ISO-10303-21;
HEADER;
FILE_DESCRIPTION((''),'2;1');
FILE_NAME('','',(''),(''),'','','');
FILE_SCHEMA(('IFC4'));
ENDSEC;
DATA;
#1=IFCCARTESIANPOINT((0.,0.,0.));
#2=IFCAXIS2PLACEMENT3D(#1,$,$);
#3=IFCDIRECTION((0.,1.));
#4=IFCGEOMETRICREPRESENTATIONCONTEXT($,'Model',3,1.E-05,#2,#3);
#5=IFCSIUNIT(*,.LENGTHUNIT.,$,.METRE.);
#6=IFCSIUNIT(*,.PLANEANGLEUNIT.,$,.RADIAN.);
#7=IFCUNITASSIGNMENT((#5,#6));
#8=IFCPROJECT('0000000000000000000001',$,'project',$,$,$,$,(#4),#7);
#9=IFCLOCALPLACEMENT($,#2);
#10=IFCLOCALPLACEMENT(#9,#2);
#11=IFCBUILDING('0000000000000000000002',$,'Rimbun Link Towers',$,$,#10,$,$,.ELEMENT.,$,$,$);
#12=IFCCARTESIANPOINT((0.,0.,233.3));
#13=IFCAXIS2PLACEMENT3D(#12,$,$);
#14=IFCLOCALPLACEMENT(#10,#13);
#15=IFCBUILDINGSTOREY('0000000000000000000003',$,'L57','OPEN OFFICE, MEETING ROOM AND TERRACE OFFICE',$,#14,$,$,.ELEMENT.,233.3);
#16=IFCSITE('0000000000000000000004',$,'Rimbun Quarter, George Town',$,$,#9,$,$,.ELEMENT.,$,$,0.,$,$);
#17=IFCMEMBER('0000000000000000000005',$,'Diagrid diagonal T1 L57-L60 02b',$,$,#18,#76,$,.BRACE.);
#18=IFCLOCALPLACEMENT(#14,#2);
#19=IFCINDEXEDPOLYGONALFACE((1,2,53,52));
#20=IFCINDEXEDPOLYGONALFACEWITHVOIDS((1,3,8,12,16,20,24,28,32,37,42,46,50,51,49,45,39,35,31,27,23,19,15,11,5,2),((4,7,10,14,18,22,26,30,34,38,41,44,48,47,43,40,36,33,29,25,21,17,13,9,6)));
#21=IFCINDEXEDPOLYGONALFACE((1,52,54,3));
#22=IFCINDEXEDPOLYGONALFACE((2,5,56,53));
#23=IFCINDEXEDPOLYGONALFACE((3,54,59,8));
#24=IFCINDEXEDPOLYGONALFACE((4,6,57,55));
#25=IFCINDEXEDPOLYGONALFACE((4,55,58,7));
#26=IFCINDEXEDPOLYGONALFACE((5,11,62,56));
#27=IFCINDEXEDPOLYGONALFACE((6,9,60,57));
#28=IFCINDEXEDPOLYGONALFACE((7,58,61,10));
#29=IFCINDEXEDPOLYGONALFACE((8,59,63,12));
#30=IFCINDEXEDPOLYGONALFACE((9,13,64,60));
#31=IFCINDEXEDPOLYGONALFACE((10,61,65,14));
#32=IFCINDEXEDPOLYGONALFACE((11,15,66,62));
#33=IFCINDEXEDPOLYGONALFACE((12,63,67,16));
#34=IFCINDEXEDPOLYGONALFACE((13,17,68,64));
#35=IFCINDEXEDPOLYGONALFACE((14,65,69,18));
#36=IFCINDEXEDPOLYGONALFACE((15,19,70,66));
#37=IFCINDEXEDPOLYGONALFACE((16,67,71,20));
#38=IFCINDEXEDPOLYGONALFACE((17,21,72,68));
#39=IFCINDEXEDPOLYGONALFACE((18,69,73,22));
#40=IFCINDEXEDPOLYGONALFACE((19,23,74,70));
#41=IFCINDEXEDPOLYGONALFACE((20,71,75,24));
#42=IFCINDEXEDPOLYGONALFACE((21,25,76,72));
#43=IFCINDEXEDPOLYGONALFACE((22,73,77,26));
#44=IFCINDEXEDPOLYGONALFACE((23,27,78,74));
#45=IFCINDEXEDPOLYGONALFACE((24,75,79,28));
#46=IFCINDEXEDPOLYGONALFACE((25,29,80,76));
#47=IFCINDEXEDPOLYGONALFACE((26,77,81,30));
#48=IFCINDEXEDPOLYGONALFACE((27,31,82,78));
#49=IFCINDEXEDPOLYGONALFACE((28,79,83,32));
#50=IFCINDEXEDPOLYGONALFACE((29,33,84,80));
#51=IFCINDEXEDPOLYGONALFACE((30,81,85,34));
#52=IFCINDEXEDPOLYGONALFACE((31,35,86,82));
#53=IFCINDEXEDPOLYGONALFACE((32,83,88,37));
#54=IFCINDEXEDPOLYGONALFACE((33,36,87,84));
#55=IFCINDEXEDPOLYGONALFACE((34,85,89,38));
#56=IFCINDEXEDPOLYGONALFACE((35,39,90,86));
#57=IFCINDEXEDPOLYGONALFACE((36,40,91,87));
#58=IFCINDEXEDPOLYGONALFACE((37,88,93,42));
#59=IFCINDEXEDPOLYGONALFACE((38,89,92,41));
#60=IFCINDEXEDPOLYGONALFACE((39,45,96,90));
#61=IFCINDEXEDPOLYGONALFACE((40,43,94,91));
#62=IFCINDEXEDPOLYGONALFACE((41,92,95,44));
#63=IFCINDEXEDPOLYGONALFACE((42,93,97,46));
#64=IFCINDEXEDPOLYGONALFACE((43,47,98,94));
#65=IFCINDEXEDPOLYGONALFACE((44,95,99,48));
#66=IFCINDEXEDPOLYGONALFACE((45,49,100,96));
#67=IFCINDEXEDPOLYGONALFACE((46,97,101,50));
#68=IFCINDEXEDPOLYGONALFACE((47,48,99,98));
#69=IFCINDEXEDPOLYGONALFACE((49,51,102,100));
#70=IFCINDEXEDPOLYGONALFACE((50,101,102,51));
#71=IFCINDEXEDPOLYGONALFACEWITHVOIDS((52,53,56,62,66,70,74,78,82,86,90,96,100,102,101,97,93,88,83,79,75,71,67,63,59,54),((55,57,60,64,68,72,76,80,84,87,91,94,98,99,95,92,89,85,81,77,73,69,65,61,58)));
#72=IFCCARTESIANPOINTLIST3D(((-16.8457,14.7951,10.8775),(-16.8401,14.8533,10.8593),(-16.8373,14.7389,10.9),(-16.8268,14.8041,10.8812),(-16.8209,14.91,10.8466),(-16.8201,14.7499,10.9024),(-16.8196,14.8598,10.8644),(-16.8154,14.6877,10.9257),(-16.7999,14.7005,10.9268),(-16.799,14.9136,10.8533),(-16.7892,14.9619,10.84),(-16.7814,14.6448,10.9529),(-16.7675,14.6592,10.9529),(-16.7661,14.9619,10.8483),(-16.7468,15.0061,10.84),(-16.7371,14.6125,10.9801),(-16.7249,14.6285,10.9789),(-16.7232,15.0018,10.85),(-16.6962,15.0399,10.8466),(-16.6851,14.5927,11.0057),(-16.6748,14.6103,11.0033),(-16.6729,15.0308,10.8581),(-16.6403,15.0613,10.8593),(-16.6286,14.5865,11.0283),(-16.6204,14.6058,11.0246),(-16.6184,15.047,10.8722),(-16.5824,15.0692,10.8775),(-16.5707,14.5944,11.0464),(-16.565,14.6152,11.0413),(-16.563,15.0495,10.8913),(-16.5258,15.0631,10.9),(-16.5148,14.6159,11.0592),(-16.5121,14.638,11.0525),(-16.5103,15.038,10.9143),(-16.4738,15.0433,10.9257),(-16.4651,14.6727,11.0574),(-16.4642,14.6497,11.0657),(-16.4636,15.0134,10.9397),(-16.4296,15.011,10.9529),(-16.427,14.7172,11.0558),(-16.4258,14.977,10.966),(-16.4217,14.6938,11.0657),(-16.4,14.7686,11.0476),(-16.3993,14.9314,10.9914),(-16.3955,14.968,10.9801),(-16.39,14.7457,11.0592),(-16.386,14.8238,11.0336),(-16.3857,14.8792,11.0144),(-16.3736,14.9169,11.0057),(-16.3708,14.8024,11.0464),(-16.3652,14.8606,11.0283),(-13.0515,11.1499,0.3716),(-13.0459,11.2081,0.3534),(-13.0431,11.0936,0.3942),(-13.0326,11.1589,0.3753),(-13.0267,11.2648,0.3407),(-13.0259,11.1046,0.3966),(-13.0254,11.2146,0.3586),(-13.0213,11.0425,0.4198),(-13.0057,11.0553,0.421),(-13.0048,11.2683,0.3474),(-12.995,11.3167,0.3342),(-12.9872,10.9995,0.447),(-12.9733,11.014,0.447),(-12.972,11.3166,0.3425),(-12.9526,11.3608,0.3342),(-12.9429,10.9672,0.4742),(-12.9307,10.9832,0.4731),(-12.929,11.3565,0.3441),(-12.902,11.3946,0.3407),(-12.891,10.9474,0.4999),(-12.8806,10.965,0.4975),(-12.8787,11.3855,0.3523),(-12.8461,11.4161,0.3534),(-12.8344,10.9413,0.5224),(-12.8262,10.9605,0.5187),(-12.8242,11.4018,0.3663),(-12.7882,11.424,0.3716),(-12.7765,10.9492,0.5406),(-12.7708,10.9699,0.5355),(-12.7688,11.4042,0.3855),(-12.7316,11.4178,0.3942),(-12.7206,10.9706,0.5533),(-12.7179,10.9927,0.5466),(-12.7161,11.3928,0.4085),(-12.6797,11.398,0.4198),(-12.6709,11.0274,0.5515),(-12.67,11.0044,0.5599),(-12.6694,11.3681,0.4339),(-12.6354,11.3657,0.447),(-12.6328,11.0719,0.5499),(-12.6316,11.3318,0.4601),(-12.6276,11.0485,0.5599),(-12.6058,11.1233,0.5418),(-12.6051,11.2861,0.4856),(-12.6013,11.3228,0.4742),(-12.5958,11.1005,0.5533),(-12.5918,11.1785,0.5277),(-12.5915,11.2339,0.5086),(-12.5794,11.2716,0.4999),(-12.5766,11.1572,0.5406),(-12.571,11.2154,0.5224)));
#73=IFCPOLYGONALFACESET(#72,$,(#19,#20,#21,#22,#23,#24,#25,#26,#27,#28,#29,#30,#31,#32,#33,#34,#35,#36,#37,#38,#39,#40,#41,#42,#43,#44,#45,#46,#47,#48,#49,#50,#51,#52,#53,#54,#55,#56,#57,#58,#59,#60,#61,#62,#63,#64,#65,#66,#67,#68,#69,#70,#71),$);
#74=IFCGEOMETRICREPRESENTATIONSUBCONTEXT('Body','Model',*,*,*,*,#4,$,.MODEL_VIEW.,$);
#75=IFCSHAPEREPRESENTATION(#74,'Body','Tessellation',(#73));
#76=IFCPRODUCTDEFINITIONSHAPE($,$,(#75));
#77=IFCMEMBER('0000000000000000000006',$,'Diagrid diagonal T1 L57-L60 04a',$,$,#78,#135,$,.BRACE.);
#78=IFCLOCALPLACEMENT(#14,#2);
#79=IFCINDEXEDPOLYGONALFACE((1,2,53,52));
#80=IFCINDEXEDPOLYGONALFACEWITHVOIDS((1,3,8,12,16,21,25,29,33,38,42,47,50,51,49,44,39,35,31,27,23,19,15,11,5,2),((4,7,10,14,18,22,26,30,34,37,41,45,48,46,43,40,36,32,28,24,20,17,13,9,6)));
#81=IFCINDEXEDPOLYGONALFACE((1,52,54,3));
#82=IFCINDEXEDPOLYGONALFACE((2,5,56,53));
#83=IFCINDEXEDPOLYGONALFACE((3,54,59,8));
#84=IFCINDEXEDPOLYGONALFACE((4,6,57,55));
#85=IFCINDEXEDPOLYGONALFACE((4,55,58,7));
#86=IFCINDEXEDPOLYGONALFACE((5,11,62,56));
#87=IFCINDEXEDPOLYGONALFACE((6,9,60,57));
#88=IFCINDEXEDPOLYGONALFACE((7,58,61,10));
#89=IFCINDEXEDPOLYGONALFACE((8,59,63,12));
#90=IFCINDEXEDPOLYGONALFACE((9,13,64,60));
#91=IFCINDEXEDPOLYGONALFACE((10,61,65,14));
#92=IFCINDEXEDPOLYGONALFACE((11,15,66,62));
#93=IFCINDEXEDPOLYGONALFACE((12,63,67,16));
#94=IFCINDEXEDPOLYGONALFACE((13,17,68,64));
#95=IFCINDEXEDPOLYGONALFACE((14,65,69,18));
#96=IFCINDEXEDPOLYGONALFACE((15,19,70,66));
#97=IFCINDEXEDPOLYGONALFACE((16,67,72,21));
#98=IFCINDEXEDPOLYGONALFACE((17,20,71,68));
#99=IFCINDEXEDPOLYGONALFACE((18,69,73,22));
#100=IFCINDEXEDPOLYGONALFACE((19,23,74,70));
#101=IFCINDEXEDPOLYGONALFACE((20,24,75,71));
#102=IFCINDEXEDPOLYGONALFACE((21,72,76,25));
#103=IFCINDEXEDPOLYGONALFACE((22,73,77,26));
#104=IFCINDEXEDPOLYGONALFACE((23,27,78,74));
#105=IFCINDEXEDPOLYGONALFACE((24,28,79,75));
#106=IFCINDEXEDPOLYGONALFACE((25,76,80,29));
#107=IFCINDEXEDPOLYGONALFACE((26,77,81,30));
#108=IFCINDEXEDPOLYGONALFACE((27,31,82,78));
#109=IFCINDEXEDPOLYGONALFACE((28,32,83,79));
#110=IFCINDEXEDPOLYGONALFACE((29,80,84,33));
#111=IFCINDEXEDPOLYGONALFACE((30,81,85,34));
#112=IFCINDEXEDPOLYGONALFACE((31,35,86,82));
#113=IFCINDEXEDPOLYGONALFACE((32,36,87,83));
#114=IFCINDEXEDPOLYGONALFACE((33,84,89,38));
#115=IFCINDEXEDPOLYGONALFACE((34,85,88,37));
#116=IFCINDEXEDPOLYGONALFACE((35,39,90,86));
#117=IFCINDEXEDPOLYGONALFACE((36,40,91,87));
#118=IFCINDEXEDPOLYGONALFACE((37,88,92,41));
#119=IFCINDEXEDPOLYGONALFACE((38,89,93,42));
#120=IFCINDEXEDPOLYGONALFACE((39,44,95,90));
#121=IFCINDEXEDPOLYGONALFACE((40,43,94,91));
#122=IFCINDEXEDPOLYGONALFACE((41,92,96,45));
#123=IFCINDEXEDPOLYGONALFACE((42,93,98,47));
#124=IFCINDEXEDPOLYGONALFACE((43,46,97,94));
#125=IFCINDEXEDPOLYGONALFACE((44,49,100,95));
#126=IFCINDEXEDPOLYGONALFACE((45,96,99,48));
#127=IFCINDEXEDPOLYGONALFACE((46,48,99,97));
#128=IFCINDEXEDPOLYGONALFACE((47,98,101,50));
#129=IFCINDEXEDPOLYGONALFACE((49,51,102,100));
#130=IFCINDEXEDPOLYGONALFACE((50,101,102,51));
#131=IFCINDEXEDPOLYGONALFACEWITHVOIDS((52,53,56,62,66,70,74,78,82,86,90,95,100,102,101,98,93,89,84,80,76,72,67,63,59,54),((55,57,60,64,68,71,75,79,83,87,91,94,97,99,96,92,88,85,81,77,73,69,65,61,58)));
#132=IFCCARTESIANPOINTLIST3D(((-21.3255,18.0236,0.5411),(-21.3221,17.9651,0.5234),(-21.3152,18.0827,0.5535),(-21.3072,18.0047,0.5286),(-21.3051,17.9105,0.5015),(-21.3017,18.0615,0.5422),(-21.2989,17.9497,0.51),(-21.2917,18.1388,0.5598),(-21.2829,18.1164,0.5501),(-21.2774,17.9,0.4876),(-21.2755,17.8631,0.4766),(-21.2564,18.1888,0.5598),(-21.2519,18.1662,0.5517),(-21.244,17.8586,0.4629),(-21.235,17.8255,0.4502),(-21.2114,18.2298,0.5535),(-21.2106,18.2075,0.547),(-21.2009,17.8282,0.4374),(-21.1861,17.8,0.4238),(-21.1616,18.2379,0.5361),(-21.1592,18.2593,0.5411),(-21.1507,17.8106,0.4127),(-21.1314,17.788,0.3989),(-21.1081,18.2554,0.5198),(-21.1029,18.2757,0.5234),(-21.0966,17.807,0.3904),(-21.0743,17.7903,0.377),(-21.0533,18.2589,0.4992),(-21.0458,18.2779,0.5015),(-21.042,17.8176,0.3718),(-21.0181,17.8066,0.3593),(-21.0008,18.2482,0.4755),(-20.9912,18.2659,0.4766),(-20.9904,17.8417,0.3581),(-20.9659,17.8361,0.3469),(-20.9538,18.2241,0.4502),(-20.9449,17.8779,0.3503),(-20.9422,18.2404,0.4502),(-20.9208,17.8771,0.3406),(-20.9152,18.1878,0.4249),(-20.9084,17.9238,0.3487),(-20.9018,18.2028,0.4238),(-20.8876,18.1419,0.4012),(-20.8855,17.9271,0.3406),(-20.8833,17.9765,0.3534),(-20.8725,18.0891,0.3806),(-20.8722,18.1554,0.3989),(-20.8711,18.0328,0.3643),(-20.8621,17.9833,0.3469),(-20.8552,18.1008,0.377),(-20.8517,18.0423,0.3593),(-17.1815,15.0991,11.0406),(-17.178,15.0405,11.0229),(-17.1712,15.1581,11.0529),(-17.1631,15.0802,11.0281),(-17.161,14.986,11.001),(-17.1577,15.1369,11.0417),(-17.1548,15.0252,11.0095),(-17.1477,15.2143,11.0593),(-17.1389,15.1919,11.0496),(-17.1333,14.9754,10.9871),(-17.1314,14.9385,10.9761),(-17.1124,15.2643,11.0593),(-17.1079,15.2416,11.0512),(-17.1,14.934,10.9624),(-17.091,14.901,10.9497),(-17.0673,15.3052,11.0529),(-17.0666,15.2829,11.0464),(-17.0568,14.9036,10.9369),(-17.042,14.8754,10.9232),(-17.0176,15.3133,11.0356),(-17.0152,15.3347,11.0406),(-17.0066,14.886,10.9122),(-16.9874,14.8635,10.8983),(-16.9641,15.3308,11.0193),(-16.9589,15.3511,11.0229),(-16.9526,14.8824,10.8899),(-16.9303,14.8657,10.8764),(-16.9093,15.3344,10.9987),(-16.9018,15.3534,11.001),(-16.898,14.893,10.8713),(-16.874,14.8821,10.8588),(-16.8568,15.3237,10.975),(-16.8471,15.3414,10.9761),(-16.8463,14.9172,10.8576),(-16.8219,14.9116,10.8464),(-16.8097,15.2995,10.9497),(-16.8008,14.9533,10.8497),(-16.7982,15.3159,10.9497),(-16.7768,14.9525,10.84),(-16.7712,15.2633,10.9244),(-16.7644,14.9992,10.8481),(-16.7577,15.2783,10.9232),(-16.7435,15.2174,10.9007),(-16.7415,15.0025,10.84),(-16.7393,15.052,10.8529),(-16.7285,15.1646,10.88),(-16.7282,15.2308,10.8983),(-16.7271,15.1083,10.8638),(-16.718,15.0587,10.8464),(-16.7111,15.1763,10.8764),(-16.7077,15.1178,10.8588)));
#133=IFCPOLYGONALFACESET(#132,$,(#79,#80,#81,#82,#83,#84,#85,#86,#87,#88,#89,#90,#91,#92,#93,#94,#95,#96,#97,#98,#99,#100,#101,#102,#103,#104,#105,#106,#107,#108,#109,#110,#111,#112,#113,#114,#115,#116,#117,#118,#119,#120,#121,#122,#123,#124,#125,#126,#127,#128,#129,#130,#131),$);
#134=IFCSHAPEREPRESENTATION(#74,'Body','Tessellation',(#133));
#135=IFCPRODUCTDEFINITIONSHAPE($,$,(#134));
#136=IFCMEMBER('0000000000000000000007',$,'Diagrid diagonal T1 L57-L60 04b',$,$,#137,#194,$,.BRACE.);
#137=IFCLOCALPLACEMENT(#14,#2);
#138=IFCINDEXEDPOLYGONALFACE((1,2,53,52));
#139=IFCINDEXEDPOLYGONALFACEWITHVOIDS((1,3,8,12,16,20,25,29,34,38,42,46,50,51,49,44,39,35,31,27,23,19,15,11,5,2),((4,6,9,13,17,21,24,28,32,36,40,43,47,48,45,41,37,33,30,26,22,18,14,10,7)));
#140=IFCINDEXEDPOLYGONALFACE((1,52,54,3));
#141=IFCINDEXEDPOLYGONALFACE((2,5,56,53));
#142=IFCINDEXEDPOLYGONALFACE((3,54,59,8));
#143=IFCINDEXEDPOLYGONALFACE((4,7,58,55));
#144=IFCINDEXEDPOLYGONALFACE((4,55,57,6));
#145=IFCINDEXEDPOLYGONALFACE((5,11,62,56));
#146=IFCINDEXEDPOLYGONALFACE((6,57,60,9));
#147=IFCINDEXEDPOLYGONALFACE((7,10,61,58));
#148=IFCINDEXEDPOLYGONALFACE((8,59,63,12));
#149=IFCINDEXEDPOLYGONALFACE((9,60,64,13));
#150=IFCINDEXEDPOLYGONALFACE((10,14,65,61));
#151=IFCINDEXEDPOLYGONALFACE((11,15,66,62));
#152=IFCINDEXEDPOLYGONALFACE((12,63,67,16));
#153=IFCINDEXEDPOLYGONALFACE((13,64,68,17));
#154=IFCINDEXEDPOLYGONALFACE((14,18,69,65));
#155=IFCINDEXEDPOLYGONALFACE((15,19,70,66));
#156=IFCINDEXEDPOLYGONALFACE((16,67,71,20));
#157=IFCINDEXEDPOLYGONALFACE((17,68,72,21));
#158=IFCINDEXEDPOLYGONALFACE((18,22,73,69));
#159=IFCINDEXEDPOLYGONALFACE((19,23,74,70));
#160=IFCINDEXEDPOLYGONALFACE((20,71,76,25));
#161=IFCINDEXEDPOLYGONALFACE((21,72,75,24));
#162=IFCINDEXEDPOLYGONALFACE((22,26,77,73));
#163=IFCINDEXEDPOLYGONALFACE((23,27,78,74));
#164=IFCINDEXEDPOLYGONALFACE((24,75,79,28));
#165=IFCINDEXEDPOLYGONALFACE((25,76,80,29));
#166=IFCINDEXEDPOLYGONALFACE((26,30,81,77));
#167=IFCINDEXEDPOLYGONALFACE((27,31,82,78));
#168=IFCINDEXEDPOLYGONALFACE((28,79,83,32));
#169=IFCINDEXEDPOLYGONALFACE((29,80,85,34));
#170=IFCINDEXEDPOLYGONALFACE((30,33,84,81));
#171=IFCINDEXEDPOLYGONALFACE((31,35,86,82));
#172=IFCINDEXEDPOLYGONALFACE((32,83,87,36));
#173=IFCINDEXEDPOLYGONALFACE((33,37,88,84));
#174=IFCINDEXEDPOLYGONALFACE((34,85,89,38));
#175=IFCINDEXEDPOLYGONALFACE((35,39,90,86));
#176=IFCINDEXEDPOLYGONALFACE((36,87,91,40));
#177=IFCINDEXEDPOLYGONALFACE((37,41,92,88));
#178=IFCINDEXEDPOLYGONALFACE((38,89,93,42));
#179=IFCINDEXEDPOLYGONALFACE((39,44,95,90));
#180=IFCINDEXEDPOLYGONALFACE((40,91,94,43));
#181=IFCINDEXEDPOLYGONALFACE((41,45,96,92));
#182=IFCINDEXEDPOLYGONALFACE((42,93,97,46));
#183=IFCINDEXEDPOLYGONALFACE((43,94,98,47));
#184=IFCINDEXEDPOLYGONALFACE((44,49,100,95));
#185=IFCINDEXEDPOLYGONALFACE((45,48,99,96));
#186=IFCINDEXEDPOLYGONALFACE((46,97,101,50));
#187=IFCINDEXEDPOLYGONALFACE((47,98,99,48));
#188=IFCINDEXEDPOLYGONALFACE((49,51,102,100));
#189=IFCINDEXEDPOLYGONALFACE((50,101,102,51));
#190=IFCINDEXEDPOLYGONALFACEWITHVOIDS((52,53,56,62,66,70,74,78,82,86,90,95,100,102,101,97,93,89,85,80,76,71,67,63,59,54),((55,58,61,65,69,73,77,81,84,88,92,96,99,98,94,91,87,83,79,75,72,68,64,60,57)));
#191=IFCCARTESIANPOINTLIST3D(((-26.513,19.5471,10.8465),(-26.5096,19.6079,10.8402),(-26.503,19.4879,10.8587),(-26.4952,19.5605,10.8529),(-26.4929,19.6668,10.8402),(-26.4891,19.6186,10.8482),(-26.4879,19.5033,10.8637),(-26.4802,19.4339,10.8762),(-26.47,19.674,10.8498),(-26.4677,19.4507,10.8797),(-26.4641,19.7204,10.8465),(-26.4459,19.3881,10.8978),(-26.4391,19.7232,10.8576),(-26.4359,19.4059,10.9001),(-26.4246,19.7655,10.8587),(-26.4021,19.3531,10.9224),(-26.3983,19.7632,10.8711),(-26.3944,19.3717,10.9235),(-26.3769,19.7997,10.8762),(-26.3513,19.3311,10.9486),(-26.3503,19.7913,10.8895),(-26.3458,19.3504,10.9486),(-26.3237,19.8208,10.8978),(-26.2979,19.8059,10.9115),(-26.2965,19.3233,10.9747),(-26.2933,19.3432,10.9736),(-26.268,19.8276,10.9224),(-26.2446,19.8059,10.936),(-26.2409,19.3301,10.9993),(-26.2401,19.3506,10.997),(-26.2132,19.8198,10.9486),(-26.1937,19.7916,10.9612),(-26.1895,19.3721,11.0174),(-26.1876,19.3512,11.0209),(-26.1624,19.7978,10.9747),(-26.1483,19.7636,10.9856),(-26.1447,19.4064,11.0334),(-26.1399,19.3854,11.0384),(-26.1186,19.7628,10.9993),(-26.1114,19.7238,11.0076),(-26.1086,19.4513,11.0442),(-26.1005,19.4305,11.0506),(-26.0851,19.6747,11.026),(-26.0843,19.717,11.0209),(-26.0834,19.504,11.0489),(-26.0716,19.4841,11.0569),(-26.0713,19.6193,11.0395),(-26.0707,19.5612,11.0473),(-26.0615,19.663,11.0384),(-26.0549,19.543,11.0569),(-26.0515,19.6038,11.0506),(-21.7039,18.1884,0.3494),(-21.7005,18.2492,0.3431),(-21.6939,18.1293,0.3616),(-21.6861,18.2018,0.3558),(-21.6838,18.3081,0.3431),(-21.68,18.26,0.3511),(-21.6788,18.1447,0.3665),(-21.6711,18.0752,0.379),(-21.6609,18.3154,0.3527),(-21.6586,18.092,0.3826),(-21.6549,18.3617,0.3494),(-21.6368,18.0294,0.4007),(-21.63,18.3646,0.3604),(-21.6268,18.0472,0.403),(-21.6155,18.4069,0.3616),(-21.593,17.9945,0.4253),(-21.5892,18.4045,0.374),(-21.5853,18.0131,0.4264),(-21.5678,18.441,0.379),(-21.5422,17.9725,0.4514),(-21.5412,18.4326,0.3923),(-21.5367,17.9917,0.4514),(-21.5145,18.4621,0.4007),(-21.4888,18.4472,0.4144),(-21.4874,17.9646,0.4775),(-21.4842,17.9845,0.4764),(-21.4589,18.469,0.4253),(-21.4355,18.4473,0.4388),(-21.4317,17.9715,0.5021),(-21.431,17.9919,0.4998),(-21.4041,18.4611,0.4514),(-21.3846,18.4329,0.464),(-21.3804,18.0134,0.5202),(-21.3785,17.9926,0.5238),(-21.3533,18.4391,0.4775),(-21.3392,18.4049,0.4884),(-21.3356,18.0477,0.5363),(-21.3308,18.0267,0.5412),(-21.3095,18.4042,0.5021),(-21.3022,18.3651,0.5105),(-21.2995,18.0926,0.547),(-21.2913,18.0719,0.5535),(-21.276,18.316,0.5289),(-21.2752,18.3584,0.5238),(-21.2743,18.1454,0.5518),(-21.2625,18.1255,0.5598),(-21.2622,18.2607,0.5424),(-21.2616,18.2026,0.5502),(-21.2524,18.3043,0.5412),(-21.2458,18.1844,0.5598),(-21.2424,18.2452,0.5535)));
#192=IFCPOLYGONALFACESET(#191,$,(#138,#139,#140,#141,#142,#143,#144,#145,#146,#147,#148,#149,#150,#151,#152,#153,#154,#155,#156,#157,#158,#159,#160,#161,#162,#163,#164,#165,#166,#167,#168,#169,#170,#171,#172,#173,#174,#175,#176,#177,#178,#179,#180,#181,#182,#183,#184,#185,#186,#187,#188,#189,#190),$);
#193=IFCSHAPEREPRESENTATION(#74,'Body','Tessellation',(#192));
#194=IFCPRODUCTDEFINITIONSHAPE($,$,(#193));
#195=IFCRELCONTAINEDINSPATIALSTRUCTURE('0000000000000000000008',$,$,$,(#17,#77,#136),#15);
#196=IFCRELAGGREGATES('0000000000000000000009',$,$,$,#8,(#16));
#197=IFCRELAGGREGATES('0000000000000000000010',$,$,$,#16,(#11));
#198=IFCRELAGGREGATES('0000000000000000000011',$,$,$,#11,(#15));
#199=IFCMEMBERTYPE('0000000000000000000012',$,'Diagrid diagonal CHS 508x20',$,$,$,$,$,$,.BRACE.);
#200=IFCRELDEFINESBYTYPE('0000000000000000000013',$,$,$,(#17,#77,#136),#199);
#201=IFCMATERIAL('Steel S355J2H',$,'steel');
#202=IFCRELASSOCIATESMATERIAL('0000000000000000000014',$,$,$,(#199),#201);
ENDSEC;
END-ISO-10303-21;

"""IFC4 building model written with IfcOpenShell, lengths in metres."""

from ifc_helpers import new_model, si_unit, direction, frame, origin, origin_2d, place, context, subcontext, project, spatial, hollow_circle, extrude, material, material_profile, profile_set, type_object, element, save


model = new_model("IFC4")

# Units and contexts
model_context = context("Model", 3, precision=1e-05, world=origin(), true_north=direction((0.0, 1.0)))
body_context = subcontext(model_context, "Body", "Model", "MODEL_VIEW")
ifc_project = project(units=[si_unit("LENGTHUNIT", "METRE"), si_unit("PLANEANGLEUNIT", "RADIAN")], contexts=[model_context])

# Site, building, storey
site_placement = place(None, origin())
site = spatial("IfcSite", under=ifc_project, at=site_placement, Name="Rimbun Quarter, George Town", CompositionType="ELEMENT", RefElevation=0.0)
building_placement = place(site_placement, origin())
building = spatial("IfcBuilding", under=site, at=building_placement, Name="Rimbun Link Towers", CompositionType="ELEMENT")
storey_placement = place(building_placement, frame((0.0, 0.0, 233.3)))
storey = spatial("IfcBuildingStorey", under=building, at=storey_placement, Name="L57", Description="OPEN OFFICE, MEETING ROOM AND TERRACE OFFICE", CompositionType="ELEMENT", Elevation=233.3)

# Members
ifc_material_1 = material(Name="Steel S355J2H", Category="steel")
ifc_material_profile_1 = material_profile(ifc_material_1, hollow_circle(Radius=0.2539, WallThickness=0.02, at=origin_2d()), Name="Diagrid diagonal CHS 508x20")
ifc_profile_set_1 = profile_set([ifc_material_profile_1], Name="Steel S355J2H")
member_type_1 = type_object("IfcMemberType", Name="Diagrid diagonal CHS 508x20", PredefinedType="BRACE", material=ifc_profile_set_1)
member_1_placement = place(storey_placement, frame((-12.8113, 11.1826, 0.447), z_axis=(-0.322916, 0.310241, 0.894134), x_axis=(-0.692813, -0.721117, 0.0)))
element("IfcMember", 1, at=member_1_placement, inside=storey, type_object=member_type_1, Name="Diagrid diagonal T1 L57-L60 02b", PredefinedType="BRACE", context=body_context, shape_type="SweptSolid", body=[
    extrude(hollow_circle(Radius=0.2539, WallThickness=0.02, at=origin_2d()), origin(), (0.0, 0.0, 1.0), 11.7498),
])
member_2_placement = place(storey_placement, frame((-21.0886, 18.033, 0.4502), z_axis=(0.355393, -0.25081, 0.900439), x_axis=(0.576598, 0.817028, 0.0)))
element("IfcMember", 2, at=member_2_placement, inside=storey, type_object=member_type_1, Name="Diagrid diagonal T1 L57-L60 04a", PredefinedType="BRACE", context=body_context, shape_type="SweptSolid", body=[
    extrude(hollow_circle(Radius=0.2539, WallThickness=0.02, at=origin_2d()), origin(), (0.0, 0.0, 1.0), 11.6604),
])
member_3_placement = place(storey_placement, frame((-21.4731, 18.2168, 0.4514), z_axis=(-0.413652, 0.116863, 0.902904), x_axis=(-0.271874, -0.962333, 0.0)))
element("IfcMember", 3, at=member_3_placement, inside=storey, type_object=member_type_1, Name="Diagrid diagonal T1 L57-L60 04b", PredefinedType="BRACE", context=body_context, shape_type="SweptSolid", body=[
    extrude(hollow_circle(Radius=0.2539, WallThickness=0.02, at=origin_2d()), origin(), (0.0, 0.0, 1.0), 11.626),
])

save(model, "model.ifc")
